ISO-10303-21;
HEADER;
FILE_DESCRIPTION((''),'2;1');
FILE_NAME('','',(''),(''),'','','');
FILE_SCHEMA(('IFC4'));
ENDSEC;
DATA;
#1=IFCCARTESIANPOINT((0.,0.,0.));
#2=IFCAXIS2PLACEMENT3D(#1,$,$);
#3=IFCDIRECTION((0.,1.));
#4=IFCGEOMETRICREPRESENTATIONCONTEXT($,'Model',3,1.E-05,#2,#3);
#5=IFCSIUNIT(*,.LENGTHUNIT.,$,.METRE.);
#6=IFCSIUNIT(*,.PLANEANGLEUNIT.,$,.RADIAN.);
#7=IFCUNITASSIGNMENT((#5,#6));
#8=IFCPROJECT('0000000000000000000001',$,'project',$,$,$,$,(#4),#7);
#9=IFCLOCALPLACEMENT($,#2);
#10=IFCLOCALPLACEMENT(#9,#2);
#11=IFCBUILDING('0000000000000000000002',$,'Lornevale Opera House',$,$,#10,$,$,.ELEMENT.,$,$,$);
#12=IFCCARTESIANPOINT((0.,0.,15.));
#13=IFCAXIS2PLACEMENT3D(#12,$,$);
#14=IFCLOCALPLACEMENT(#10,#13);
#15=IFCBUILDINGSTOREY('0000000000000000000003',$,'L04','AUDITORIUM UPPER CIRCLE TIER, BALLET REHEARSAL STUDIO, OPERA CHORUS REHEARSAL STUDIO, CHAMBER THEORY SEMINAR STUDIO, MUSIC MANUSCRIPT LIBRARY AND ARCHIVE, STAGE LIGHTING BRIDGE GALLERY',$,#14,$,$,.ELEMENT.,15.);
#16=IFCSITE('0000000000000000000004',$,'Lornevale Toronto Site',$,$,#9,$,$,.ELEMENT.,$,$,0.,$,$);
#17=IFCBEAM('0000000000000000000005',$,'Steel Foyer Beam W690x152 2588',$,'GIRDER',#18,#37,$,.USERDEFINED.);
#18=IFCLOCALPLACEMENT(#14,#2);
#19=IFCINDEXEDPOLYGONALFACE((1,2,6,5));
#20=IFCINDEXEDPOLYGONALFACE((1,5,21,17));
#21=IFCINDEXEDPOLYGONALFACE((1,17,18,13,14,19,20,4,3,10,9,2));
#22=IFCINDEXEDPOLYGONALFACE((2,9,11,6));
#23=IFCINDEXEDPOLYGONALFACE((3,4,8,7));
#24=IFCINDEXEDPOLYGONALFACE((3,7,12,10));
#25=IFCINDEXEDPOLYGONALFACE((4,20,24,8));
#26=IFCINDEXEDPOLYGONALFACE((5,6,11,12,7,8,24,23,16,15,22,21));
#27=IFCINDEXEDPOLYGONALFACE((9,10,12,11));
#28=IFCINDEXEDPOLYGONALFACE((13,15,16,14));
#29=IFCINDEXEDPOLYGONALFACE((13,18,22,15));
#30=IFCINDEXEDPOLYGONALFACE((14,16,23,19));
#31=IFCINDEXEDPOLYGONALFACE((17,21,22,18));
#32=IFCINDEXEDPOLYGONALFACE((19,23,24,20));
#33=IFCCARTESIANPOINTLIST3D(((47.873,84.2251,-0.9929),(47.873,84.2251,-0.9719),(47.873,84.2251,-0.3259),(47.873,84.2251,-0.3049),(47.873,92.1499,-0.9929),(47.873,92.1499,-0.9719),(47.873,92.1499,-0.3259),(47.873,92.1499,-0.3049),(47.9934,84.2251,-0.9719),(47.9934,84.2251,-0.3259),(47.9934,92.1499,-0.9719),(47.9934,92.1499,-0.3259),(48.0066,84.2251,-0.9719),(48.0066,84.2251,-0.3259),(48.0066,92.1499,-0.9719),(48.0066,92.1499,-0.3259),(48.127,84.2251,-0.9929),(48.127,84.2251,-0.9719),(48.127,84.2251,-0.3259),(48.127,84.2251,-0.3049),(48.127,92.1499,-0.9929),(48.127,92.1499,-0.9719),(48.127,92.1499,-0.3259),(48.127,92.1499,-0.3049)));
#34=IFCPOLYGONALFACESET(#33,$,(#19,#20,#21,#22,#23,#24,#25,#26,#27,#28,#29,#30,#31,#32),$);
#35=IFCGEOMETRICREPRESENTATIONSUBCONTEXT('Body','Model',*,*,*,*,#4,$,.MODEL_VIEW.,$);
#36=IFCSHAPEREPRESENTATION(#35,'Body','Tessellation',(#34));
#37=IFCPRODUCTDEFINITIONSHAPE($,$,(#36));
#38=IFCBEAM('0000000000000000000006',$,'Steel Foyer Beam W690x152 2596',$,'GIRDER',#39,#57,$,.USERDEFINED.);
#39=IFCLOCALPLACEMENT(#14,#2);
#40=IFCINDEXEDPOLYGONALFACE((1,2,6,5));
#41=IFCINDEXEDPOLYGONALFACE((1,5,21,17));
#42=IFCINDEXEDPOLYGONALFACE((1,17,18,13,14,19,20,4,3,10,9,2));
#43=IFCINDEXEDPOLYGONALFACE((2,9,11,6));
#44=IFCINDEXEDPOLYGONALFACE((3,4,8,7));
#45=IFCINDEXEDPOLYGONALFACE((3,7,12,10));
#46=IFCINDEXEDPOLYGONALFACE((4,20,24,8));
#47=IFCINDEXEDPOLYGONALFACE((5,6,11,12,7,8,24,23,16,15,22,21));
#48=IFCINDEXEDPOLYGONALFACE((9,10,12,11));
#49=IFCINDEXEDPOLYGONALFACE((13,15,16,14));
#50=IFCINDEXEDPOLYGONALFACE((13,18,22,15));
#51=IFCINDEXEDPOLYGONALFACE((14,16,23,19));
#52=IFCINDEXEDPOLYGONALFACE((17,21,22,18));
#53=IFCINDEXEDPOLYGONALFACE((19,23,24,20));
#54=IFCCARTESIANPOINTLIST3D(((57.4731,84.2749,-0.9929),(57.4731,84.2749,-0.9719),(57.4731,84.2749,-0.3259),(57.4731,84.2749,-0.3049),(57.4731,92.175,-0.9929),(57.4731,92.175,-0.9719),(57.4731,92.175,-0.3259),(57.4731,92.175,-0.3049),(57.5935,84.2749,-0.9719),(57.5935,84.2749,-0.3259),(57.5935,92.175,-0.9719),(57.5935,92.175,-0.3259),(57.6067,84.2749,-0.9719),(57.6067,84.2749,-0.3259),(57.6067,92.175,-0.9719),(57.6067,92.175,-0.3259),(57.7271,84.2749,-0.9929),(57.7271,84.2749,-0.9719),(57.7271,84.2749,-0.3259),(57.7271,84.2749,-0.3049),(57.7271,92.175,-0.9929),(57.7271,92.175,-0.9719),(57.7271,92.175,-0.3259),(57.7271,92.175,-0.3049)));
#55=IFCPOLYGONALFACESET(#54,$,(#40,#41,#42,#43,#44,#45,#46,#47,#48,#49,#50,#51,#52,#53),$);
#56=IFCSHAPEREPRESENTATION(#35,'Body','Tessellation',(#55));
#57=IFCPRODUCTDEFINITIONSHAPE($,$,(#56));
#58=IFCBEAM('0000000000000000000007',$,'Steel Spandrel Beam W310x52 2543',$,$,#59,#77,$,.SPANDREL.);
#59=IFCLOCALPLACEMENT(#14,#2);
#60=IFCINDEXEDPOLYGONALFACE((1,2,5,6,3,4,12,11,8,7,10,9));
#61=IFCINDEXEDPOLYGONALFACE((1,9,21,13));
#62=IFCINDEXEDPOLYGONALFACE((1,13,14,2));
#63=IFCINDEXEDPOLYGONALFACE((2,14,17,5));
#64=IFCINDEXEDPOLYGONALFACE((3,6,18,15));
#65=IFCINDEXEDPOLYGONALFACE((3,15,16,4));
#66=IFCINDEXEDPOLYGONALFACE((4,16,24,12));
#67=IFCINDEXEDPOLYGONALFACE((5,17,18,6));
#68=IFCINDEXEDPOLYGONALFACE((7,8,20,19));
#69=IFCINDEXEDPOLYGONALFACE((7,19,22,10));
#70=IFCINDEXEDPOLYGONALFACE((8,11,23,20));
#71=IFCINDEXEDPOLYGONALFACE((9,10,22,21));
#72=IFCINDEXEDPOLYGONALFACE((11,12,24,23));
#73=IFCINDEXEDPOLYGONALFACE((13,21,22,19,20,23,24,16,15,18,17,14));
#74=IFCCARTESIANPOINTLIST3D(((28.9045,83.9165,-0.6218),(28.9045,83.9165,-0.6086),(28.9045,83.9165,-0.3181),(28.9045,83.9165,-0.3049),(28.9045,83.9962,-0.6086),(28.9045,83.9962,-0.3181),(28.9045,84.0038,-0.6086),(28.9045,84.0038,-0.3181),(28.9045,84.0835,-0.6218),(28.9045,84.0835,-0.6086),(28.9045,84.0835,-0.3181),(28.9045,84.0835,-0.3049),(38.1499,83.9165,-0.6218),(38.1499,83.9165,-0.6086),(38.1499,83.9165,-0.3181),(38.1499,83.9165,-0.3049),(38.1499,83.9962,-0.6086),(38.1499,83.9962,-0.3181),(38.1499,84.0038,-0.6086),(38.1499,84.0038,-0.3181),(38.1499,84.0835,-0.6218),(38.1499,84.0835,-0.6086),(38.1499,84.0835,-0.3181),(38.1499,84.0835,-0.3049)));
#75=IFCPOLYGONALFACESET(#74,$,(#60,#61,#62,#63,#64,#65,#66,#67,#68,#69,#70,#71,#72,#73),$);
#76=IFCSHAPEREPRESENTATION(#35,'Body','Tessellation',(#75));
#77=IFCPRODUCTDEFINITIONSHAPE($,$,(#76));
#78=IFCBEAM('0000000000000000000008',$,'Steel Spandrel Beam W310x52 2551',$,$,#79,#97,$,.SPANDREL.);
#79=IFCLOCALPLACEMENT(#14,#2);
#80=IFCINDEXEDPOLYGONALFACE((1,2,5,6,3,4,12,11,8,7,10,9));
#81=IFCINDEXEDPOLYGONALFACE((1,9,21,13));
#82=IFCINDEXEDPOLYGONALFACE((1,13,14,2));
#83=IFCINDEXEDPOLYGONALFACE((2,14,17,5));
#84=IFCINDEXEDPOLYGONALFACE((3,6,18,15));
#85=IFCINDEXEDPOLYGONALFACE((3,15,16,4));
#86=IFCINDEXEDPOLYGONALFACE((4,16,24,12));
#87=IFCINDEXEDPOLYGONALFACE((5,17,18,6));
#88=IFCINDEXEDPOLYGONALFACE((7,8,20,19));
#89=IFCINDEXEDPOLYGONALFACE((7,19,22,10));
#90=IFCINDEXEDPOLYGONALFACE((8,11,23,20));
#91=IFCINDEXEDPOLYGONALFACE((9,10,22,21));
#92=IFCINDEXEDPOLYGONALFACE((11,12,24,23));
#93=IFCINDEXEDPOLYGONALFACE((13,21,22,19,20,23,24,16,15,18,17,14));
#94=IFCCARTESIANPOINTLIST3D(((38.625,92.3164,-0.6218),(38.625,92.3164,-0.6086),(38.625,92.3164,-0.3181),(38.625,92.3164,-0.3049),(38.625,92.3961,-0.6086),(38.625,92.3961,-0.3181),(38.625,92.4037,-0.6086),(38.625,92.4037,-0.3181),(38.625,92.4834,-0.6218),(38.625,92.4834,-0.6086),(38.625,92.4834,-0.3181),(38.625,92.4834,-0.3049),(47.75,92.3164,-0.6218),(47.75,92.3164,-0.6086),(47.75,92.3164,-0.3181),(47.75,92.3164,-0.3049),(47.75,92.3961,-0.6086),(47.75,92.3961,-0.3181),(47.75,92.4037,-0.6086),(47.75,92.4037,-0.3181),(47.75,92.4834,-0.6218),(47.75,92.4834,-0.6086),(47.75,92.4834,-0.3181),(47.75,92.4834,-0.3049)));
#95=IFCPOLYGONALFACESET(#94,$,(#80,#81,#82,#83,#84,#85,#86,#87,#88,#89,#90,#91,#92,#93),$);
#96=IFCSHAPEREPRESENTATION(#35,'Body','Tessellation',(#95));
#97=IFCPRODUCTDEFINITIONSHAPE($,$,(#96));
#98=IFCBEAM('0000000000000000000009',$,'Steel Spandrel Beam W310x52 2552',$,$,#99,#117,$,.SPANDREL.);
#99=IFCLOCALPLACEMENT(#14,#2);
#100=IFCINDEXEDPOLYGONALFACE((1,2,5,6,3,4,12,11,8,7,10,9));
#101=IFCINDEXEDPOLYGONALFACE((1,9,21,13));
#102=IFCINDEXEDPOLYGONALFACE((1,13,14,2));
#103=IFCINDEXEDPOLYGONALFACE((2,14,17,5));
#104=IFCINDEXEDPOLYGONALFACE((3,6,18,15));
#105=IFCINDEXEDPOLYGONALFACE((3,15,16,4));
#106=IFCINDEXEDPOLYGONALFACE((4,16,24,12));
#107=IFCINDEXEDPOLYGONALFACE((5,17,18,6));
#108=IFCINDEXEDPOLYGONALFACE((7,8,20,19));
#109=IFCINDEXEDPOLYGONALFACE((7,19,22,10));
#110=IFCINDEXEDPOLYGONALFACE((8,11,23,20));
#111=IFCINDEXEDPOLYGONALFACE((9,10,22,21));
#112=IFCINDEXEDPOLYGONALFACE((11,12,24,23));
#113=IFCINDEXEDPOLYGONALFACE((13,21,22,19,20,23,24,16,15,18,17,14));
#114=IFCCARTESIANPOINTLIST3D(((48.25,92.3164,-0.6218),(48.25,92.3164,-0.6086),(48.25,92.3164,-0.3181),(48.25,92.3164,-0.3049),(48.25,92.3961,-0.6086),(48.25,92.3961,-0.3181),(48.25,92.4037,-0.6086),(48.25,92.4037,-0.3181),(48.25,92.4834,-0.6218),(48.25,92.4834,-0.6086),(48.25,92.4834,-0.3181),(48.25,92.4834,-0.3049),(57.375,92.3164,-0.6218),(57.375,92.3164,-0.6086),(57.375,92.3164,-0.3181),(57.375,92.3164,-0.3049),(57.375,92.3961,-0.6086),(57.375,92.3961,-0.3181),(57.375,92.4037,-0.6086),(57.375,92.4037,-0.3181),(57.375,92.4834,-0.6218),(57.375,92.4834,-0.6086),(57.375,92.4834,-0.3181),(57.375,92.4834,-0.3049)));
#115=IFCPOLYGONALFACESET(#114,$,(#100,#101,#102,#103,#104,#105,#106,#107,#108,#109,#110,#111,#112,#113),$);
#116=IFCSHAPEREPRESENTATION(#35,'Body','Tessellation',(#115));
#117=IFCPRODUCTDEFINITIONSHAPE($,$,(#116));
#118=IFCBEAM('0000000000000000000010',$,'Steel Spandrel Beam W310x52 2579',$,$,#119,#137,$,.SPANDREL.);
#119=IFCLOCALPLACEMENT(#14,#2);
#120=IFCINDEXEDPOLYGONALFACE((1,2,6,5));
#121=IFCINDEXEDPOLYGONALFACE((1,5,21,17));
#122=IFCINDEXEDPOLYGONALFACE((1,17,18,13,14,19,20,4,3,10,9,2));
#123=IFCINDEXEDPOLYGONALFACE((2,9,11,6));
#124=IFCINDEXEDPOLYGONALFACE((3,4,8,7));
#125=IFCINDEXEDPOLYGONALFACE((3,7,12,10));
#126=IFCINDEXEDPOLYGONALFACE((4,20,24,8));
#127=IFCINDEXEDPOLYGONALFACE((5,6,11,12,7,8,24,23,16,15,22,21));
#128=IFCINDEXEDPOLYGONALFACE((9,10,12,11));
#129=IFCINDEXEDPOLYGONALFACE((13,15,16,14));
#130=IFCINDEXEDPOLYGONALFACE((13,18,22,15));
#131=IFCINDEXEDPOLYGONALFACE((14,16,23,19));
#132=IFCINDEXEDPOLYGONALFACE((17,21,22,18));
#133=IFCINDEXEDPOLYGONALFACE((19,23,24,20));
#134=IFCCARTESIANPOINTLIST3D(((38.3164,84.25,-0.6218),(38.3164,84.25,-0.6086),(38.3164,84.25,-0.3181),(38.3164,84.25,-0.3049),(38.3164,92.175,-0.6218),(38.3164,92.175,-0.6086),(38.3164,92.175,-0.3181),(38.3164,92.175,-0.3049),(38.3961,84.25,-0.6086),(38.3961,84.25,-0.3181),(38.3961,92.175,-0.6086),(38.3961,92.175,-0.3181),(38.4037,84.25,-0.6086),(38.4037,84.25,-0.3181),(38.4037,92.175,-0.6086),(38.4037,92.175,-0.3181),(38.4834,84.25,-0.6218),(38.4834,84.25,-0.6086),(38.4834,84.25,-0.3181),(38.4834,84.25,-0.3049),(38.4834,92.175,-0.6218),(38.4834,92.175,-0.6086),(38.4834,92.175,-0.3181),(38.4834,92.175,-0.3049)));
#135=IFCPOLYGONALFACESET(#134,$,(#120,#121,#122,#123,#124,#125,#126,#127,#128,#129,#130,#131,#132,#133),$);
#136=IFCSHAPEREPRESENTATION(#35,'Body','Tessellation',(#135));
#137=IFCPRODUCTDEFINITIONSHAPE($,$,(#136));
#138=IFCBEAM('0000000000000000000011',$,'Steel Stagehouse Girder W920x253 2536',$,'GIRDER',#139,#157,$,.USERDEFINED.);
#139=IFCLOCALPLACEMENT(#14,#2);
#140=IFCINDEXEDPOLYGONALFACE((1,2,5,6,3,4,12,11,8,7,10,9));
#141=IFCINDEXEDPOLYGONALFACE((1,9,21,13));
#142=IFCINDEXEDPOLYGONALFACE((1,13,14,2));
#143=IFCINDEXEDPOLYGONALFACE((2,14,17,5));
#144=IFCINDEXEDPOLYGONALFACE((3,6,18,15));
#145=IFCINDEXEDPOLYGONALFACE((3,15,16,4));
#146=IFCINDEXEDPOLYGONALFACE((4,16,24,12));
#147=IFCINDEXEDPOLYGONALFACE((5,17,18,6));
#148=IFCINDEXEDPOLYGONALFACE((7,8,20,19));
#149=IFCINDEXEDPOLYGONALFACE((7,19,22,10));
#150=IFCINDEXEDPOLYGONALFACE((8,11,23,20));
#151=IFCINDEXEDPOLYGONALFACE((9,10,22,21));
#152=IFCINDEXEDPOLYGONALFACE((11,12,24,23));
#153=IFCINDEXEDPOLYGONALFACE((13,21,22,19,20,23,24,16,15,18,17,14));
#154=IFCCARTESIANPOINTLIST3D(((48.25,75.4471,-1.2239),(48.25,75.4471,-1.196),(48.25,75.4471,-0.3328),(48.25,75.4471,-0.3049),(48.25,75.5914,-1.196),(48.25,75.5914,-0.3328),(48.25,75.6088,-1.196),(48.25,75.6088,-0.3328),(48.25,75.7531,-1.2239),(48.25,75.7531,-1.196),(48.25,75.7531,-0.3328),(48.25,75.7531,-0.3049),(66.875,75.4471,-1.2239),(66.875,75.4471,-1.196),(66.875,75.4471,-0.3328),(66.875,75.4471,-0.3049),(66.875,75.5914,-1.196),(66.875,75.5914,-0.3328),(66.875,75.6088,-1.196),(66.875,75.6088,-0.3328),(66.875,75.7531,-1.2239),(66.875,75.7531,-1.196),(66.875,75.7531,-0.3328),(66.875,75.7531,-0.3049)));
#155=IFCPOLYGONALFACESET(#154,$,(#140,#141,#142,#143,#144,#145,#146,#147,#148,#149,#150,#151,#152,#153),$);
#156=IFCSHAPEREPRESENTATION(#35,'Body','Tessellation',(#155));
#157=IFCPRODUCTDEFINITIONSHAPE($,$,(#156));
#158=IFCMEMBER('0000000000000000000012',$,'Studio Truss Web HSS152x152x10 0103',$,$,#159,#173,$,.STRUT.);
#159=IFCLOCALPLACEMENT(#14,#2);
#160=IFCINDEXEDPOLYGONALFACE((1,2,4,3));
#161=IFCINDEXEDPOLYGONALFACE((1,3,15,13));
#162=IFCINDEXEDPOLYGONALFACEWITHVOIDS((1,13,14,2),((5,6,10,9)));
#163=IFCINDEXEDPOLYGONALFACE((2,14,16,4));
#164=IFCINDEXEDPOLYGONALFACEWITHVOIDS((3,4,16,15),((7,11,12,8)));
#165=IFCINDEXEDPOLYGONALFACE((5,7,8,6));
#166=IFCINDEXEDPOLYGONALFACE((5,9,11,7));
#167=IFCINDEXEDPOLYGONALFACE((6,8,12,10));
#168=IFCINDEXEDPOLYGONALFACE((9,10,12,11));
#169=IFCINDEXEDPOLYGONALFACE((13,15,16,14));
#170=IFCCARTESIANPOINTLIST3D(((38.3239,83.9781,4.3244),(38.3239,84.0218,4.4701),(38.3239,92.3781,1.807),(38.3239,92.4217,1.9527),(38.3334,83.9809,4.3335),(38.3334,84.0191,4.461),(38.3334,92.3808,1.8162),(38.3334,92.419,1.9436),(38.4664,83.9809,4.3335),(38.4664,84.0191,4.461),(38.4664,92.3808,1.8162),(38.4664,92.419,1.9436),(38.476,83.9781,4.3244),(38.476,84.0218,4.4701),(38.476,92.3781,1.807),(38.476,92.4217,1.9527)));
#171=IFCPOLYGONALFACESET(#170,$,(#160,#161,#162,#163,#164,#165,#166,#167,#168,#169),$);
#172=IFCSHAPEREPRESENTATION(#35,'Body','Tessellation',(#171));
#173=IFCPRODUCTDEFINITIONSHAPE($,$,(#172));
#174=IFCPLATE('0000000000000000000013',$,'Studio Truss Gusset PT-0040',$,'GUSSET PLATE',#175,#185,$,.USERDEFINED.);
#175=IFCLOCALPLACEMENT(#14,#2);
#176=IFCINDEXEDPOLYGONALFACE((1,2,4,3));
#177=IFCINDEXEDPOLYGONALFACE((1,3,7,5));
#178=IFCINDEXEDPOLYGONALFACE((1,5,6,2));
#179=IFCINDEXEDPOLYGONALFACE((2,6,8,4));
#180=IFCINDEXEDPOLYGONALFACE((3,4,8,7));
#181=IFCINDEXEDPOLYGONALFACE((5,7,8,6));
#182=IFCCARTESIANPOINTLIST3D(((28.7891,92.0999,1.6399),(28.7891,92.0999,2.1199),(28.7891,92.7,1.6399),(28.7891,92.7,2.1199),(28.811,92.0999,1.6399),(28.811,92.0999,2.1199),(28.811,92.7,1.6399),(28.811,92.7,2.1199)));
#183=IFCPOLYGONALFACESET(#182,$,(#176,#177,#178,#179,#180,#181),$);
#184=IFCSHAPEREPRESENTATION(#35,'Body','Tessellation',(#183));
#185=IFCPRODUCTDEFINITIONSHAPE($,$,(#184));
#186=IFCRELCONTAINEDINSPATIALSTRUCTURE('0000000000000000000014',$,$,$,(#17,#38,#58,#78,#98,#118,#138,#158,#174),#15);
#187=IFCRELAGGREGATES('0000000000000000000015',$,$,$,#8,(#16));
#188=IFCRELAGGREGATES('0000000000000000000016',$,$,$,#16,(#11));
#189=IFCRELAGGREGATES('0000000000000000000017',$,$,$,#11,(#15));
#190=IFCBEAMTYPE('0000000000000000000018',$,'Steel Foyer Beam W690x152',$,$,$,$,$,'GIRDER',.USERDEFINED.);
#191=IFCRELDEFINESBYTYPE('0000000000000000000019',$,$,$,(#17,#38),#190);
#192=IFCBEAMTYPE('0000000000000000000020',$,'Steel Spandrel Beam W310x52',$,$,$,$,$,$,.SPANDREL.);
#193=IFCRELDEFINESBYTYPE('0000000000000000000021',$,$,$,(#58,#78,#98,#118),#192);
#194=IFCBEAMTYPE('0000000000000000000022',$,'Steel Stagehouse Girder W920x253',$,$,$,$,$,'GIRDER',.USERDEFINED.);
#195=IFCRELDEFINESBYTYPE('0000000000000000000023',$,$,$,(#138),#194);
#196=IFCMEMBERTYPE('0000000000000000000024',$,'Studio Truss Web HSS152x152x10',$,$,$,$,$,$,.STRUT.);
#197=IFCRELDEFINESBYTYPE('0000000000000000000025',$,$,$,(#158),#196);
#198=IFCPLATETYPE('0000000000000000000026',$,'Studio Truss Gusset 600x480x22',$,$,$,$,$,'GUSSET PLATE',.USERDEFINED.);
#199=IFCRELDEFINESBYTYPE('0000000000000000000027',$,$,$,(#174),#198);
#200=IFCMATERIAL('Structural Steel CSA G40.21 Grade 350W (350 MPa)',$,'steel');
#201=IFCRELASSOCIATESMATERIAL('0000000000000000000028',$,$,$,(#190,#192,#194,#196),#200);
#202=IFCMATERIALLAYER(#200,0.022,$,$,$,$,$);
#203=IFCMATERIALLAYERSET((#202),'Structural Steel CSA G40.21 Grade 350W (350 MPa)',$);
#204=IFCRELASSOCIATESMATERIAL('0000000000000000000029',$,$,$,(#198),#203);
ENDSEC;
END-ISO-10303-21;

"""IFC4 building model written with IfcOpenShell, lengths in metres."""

from ifc_helpers import new_model, si_unit, direction, frame, origin, origin_2d, place, context, subcontext, project, spatial, rectangle, hollow_rectangle, i_section, extrude, material, layer, layer_set, material_profile, profile_set, type_object, element, save


model = new_model("IFC4")

# Units and contexts
model_context = context("Model", 3, precision=1e-05, world=origin(), true_north=direction((0.0, 1.0)))
body_context = subcontext(model_context, "Body", "Model", "MODEL_VIEW")
ifc_project = project(units=[si_unit("LENGTHUNIT", "METRE"), si_unit("PLANEANGLEUNIT", "RADIAN")], contexts=[model_context])

# Site, building, storey
site_placement = place(None, origin())
site = spatial("IfcSite", under=ifc_project, at=site_placement, Name="Lornevale Toronto Site", CompositionType="ELEMENT", RefElevation=0.0)
building_placement = place(site_placement, origin())
building = spatial("IfcBuilding", under=site, at=building_placement, Name="Lornevale Opera House", CompositionType="ELEMENT")
storey_placement = place(building_placement, frame((0.0, 0.0, 15.0)))
storey = spatial("IfcBuildingStorey", under=building, at=storey_placement, Name="L04", Description="AUDITORIUM UPPER CIRCLE TIER, BALLET REHEARSAL STUDIO, OPERA CHORUS REHEARSAL STUDIO, CHAMBER THEORY SEMINAR STUDIO, MUSIC MANUSCRIPT LIBRARY AND ARCHIVE, STAGE LIGHTING BRIDGE GALLERY", CompositionType="ELEMENT", Elevation=15.0)

# Shared definitions
ifc_material_1 = material(Name="Structural Steel CSA G40.21 Grade 350W (350 MPa)", Category="steel")

# Beams
ifc_material_profile_1 = material_profile(ifc_material_1, i_section(OverallWidth=0.2539, OverallDepth=0.688, WebThickness=0.0132, FlangeThickness=0.021, at=origin_2d()), Name="W690x152")
ifc_profile_set_1 = profile_set([ifc_material_profile_1], Name="Structural Steel CSA G40.21 Grade 350W (350 MPa)")
beam_type_1 = type_object("IfcBeamType", Name="Steel Foyer Beam W690x152", ElementType="GIRDER", PredefinedType="USERDEFINED", material=ifc_profile_set_1)
for number, where, z_axis, x_axis, name in (
    (1, (48.0, 84.2251, -0.6489), (0.0, 1.0, 0.0), (-1.0, 0.0, 0.0), "Steel Foyer Beam W690x152 2588"),
):
    element("IfcBeam", number, at=place(storey_placement, frame(where, z_axis=z_axis, x_axis=x_axis)), inside=storey, type_object=beam_type_1, Name=name, ObjectType="GIRDER", PredefinedType="USERDEFINED", context=body_context, shape_type="SweptSolid", body=[
        extrude(i_section(OverallWidth=0.2539, OverallDepth=0.688, WebThickness=0.0132, FlangeThickness=0.021, at=origin_2d()), origin(), (0.0, 0.0, 1.0), 7.9248),
    ])
beam_1_placement = place(storey_placement, frame((57.6001, 84.2749, -0.6489), z_axis=(0.0, 1.0, 0.0), x_axis=(-1.0, 0.0, 0.0)))
element("IfcBeam", 2, at=beam_1_placement, inside=storey, type_object=beam_type_1, Name="Steel Foyer Beam W690x152 2596", ObjectType="GIRDER", PredefinedType="USERDEFINED", context=body_context, shape_type="SweptSolid", body=[
    extrude(i_section(OverallWidth=0.2539, OverallDepth=0.688, WebThickness=0.0132, FlangeThickness=0.021, at=origin_2d()), origin(), (0.0, 0.0, 1.0), 7.9001),
])
ifc_material_profile_2 = material_profile(ifc_material_1, i_section(OverallWidth=0.167, OverallDepth=0.3169, WebThickness=0.0076, FlangeThickness=0.0132, at=origin_2d()), Name="W310x52")
ifc_profile_set_2 = profile_set([ifc_material_profile_2], Name="Structural Steel CSA G40.21 Grade 350W (350 MPa)")
beam_type_2 = type_object("IfcBeamType", Name="Steel Spandrel Beam W310x52", PredefinedType="SPANDREL", material=ifc_profile_set_2)
beam_2_placement = place(storey_placement, frame((28.9045, 84.0, -0.4634), z_axis=(1.0, 0.0, 0.0), x_axis=(0.0, 1.0, 0.0)))
element("IfcBeam", 3, at=beam_2_placement, inside=storey, type_object=beam_type_2, Name="Steel Spandrel Beam W310x52 2543", PredefinedType="SPANDREL", context=body_context, shape_type="SweptSolid", body=[
    extrude(i_section(OverallWidth=0.167, OverallDepth=0.3169, WebThickness=0.0076, FlangeThickness=0.0132, at=origin_2d()), origin(), (0.0, 0.0, 1.0), 9.2454),
])
for number, where, z_axis, x_axis, name in (
    (4, (38.625, 92.3999, -0.4634), (1.0, 0.0, 0.0), (0.0, 1.0, 0.0), "Steel Spandrel Beam W310x52 2551"),
    (5, (48.25, 92.3999, -0.4634), (1.0, 0.0, 0.0), (0.0, 1.0, 0.0), "Steel Spandrel Beam W310x52 2552"),
):
    element("IfcBeam", number, at=place(storey_placement, frame(where, z_axis=z_axis, x_axis=x_axis)), inside=storey, type_object=beam_type_2, Name=name, PredefinedType="SPANDREL", context=body_context, shape_type="SweptSolid", body=[
        extrude(i_section(OverallWidth=0.167, OverallDepth=0.3169, WebThickness=0.0076, FlangeThickness=0.0132, at=origin_2d()), origin(), (0.0, 0.0, 1.0), 9.125),
    ])
beam_3_placement = place(storey_placement, frame((38.3999, 84.25, -0.4634), z_axis=(0.0, 1.0, 0.0), x_axis=(-1.0, 0.0, 0.0)))
element("IfcBeam", 6, at=beam_3_placement, inside=storey, type_object=beam_type_2, Name="Steel Spandrel Beam W310x52 2579", PredefinedType="SPANDREL", context=body_context, shape_type="SweptSolid", body=[
    extrude(i_section(OverallWidth=0.167, OverallDepth=0.3169, WebThickness=0.0076, FlangeThickness=0.0132, at=origin_2d()), origin(), (0.0, 0.0, 1.0), 7.925),
])
ifc_material_profile_3 = material_profile(ifc_material_1, i_section(OverallWidth=0.3059, OverallDepth=0.9189, WebThickness=0.0173, FlangeThickness=0.0278, at=origin_2d()), Name="W920x253")
ifc_profile_set_3 = profile_set([ifc_material_profile_3], Name="Structural Steel CSA G40.21 Grade 350W (350 MPa)")
beam_type_3 = type_object("IfcBeamType", Name="Steel Stagehouse Girder W920x253", ElementType="GIRDER", PredefinedType="USERDEFINED", material=ifc_profile_set_3)
beam_4_placement = place(storey_placement, frame((48.25, 75.6001, -0.7644), z_axis=(1.0, 0.0, 0.0), x_axis=(0.0, 1.0, 0.0)))
element("IfcBeam", 7, at=beam_4_placement, inside=storey, type_object=beam_type_3, Name="Steel Stagehouse Girder W920x253 2536", ObjectType="GIRDER", PredefinedType="USERDEFINED", context=body_context, shape_type="SweptSolid", body=[
    extrude(i_section(OverallWidth=0.3059, OverallDepth=0.9189, WebThickness=0.0173, FlangeThickness=0.0278, at=origin_2d()), origin(), (0.0, 0.0, 1.0), 18.625),
])

# Member
ifc_material_profile_4 = material_profile(ifc_material_1, hollow_rectangle(XDim=0.1521, YDim=0.1521, WallThickness=0.0095, at=origin_2d()), Name="HSS152x152x10")
ifc_profile_set_4 = profile_set([ifc_material_profile_4], Name="Structural Steel CSA G40.21 Grade 350W (350 MPa)")
member_type = type_object("IfcMemberType", Name="Studio Truss Web HSS152x152x10", PredefinedType="STRUT", material=ifc_profile_set_4)
member_placement = place(storey_placement, frame((38.3999, 92.3999, 1.8799), z_axis=(0.0, -0.957909, 0.287072), x_axis=(1.0, 0.0, 0.0)))
element("IfcMember", 8, at=member_placement, inside=storey, type_object=member_type, Name="Studio Truss Web HSS152x152x10 0103", PredefinedType="STRUT", context=body_context, shape_type="SweptSolid", body=[
    extrude(hollow_rectangle(XDim=0.1521, YDim=0.1521, WallThickness=0.0095, at=origin_2d()), origin(), (0.0, 0.0, 1.0), 8.769),
])

# Plate
ifc_layer_1 = layer(ifc_material_1, 0.022)
ifc_layer_set_1 = layer_set([ifc_layer_1], Name="Structural Steel CSA G40.21 Grade 350W (350 MPa)")
plate_type = type_object("IfcPlateType", Name="Studio Truss Gusset 600x480x22", ElementType="GUSSET PLATE", PredefinedType="USERDEFINED", material=ifc_layer_set_1)
for number, where, z_axis, x_axis, name in (
    (9, (28.8, 92.3999, 1.6399), (0.0, 0.0, 1.0), (0.0, 1.0, 0.0), "Studio Truss Gusset PT-0040"),
):
    element("IfcPlate", number, at=place(storey_placement, frame(where, z_axis=z_axis, x_axis=x_axis)), inside=storey, type_object=plate_type, Name=name, ObjectType="GUSSET PLATE", PredefinedType="USERDEFINED", context=body_context, shape_type="SweptSolid", body=[
        extrude(rectangle(XDim=0.6001, YDim=0.022, at=origin_2d()), origin(), (0.0, 0.0, 1.0), 0.48),
    ])

save(model, "model.ifc")
